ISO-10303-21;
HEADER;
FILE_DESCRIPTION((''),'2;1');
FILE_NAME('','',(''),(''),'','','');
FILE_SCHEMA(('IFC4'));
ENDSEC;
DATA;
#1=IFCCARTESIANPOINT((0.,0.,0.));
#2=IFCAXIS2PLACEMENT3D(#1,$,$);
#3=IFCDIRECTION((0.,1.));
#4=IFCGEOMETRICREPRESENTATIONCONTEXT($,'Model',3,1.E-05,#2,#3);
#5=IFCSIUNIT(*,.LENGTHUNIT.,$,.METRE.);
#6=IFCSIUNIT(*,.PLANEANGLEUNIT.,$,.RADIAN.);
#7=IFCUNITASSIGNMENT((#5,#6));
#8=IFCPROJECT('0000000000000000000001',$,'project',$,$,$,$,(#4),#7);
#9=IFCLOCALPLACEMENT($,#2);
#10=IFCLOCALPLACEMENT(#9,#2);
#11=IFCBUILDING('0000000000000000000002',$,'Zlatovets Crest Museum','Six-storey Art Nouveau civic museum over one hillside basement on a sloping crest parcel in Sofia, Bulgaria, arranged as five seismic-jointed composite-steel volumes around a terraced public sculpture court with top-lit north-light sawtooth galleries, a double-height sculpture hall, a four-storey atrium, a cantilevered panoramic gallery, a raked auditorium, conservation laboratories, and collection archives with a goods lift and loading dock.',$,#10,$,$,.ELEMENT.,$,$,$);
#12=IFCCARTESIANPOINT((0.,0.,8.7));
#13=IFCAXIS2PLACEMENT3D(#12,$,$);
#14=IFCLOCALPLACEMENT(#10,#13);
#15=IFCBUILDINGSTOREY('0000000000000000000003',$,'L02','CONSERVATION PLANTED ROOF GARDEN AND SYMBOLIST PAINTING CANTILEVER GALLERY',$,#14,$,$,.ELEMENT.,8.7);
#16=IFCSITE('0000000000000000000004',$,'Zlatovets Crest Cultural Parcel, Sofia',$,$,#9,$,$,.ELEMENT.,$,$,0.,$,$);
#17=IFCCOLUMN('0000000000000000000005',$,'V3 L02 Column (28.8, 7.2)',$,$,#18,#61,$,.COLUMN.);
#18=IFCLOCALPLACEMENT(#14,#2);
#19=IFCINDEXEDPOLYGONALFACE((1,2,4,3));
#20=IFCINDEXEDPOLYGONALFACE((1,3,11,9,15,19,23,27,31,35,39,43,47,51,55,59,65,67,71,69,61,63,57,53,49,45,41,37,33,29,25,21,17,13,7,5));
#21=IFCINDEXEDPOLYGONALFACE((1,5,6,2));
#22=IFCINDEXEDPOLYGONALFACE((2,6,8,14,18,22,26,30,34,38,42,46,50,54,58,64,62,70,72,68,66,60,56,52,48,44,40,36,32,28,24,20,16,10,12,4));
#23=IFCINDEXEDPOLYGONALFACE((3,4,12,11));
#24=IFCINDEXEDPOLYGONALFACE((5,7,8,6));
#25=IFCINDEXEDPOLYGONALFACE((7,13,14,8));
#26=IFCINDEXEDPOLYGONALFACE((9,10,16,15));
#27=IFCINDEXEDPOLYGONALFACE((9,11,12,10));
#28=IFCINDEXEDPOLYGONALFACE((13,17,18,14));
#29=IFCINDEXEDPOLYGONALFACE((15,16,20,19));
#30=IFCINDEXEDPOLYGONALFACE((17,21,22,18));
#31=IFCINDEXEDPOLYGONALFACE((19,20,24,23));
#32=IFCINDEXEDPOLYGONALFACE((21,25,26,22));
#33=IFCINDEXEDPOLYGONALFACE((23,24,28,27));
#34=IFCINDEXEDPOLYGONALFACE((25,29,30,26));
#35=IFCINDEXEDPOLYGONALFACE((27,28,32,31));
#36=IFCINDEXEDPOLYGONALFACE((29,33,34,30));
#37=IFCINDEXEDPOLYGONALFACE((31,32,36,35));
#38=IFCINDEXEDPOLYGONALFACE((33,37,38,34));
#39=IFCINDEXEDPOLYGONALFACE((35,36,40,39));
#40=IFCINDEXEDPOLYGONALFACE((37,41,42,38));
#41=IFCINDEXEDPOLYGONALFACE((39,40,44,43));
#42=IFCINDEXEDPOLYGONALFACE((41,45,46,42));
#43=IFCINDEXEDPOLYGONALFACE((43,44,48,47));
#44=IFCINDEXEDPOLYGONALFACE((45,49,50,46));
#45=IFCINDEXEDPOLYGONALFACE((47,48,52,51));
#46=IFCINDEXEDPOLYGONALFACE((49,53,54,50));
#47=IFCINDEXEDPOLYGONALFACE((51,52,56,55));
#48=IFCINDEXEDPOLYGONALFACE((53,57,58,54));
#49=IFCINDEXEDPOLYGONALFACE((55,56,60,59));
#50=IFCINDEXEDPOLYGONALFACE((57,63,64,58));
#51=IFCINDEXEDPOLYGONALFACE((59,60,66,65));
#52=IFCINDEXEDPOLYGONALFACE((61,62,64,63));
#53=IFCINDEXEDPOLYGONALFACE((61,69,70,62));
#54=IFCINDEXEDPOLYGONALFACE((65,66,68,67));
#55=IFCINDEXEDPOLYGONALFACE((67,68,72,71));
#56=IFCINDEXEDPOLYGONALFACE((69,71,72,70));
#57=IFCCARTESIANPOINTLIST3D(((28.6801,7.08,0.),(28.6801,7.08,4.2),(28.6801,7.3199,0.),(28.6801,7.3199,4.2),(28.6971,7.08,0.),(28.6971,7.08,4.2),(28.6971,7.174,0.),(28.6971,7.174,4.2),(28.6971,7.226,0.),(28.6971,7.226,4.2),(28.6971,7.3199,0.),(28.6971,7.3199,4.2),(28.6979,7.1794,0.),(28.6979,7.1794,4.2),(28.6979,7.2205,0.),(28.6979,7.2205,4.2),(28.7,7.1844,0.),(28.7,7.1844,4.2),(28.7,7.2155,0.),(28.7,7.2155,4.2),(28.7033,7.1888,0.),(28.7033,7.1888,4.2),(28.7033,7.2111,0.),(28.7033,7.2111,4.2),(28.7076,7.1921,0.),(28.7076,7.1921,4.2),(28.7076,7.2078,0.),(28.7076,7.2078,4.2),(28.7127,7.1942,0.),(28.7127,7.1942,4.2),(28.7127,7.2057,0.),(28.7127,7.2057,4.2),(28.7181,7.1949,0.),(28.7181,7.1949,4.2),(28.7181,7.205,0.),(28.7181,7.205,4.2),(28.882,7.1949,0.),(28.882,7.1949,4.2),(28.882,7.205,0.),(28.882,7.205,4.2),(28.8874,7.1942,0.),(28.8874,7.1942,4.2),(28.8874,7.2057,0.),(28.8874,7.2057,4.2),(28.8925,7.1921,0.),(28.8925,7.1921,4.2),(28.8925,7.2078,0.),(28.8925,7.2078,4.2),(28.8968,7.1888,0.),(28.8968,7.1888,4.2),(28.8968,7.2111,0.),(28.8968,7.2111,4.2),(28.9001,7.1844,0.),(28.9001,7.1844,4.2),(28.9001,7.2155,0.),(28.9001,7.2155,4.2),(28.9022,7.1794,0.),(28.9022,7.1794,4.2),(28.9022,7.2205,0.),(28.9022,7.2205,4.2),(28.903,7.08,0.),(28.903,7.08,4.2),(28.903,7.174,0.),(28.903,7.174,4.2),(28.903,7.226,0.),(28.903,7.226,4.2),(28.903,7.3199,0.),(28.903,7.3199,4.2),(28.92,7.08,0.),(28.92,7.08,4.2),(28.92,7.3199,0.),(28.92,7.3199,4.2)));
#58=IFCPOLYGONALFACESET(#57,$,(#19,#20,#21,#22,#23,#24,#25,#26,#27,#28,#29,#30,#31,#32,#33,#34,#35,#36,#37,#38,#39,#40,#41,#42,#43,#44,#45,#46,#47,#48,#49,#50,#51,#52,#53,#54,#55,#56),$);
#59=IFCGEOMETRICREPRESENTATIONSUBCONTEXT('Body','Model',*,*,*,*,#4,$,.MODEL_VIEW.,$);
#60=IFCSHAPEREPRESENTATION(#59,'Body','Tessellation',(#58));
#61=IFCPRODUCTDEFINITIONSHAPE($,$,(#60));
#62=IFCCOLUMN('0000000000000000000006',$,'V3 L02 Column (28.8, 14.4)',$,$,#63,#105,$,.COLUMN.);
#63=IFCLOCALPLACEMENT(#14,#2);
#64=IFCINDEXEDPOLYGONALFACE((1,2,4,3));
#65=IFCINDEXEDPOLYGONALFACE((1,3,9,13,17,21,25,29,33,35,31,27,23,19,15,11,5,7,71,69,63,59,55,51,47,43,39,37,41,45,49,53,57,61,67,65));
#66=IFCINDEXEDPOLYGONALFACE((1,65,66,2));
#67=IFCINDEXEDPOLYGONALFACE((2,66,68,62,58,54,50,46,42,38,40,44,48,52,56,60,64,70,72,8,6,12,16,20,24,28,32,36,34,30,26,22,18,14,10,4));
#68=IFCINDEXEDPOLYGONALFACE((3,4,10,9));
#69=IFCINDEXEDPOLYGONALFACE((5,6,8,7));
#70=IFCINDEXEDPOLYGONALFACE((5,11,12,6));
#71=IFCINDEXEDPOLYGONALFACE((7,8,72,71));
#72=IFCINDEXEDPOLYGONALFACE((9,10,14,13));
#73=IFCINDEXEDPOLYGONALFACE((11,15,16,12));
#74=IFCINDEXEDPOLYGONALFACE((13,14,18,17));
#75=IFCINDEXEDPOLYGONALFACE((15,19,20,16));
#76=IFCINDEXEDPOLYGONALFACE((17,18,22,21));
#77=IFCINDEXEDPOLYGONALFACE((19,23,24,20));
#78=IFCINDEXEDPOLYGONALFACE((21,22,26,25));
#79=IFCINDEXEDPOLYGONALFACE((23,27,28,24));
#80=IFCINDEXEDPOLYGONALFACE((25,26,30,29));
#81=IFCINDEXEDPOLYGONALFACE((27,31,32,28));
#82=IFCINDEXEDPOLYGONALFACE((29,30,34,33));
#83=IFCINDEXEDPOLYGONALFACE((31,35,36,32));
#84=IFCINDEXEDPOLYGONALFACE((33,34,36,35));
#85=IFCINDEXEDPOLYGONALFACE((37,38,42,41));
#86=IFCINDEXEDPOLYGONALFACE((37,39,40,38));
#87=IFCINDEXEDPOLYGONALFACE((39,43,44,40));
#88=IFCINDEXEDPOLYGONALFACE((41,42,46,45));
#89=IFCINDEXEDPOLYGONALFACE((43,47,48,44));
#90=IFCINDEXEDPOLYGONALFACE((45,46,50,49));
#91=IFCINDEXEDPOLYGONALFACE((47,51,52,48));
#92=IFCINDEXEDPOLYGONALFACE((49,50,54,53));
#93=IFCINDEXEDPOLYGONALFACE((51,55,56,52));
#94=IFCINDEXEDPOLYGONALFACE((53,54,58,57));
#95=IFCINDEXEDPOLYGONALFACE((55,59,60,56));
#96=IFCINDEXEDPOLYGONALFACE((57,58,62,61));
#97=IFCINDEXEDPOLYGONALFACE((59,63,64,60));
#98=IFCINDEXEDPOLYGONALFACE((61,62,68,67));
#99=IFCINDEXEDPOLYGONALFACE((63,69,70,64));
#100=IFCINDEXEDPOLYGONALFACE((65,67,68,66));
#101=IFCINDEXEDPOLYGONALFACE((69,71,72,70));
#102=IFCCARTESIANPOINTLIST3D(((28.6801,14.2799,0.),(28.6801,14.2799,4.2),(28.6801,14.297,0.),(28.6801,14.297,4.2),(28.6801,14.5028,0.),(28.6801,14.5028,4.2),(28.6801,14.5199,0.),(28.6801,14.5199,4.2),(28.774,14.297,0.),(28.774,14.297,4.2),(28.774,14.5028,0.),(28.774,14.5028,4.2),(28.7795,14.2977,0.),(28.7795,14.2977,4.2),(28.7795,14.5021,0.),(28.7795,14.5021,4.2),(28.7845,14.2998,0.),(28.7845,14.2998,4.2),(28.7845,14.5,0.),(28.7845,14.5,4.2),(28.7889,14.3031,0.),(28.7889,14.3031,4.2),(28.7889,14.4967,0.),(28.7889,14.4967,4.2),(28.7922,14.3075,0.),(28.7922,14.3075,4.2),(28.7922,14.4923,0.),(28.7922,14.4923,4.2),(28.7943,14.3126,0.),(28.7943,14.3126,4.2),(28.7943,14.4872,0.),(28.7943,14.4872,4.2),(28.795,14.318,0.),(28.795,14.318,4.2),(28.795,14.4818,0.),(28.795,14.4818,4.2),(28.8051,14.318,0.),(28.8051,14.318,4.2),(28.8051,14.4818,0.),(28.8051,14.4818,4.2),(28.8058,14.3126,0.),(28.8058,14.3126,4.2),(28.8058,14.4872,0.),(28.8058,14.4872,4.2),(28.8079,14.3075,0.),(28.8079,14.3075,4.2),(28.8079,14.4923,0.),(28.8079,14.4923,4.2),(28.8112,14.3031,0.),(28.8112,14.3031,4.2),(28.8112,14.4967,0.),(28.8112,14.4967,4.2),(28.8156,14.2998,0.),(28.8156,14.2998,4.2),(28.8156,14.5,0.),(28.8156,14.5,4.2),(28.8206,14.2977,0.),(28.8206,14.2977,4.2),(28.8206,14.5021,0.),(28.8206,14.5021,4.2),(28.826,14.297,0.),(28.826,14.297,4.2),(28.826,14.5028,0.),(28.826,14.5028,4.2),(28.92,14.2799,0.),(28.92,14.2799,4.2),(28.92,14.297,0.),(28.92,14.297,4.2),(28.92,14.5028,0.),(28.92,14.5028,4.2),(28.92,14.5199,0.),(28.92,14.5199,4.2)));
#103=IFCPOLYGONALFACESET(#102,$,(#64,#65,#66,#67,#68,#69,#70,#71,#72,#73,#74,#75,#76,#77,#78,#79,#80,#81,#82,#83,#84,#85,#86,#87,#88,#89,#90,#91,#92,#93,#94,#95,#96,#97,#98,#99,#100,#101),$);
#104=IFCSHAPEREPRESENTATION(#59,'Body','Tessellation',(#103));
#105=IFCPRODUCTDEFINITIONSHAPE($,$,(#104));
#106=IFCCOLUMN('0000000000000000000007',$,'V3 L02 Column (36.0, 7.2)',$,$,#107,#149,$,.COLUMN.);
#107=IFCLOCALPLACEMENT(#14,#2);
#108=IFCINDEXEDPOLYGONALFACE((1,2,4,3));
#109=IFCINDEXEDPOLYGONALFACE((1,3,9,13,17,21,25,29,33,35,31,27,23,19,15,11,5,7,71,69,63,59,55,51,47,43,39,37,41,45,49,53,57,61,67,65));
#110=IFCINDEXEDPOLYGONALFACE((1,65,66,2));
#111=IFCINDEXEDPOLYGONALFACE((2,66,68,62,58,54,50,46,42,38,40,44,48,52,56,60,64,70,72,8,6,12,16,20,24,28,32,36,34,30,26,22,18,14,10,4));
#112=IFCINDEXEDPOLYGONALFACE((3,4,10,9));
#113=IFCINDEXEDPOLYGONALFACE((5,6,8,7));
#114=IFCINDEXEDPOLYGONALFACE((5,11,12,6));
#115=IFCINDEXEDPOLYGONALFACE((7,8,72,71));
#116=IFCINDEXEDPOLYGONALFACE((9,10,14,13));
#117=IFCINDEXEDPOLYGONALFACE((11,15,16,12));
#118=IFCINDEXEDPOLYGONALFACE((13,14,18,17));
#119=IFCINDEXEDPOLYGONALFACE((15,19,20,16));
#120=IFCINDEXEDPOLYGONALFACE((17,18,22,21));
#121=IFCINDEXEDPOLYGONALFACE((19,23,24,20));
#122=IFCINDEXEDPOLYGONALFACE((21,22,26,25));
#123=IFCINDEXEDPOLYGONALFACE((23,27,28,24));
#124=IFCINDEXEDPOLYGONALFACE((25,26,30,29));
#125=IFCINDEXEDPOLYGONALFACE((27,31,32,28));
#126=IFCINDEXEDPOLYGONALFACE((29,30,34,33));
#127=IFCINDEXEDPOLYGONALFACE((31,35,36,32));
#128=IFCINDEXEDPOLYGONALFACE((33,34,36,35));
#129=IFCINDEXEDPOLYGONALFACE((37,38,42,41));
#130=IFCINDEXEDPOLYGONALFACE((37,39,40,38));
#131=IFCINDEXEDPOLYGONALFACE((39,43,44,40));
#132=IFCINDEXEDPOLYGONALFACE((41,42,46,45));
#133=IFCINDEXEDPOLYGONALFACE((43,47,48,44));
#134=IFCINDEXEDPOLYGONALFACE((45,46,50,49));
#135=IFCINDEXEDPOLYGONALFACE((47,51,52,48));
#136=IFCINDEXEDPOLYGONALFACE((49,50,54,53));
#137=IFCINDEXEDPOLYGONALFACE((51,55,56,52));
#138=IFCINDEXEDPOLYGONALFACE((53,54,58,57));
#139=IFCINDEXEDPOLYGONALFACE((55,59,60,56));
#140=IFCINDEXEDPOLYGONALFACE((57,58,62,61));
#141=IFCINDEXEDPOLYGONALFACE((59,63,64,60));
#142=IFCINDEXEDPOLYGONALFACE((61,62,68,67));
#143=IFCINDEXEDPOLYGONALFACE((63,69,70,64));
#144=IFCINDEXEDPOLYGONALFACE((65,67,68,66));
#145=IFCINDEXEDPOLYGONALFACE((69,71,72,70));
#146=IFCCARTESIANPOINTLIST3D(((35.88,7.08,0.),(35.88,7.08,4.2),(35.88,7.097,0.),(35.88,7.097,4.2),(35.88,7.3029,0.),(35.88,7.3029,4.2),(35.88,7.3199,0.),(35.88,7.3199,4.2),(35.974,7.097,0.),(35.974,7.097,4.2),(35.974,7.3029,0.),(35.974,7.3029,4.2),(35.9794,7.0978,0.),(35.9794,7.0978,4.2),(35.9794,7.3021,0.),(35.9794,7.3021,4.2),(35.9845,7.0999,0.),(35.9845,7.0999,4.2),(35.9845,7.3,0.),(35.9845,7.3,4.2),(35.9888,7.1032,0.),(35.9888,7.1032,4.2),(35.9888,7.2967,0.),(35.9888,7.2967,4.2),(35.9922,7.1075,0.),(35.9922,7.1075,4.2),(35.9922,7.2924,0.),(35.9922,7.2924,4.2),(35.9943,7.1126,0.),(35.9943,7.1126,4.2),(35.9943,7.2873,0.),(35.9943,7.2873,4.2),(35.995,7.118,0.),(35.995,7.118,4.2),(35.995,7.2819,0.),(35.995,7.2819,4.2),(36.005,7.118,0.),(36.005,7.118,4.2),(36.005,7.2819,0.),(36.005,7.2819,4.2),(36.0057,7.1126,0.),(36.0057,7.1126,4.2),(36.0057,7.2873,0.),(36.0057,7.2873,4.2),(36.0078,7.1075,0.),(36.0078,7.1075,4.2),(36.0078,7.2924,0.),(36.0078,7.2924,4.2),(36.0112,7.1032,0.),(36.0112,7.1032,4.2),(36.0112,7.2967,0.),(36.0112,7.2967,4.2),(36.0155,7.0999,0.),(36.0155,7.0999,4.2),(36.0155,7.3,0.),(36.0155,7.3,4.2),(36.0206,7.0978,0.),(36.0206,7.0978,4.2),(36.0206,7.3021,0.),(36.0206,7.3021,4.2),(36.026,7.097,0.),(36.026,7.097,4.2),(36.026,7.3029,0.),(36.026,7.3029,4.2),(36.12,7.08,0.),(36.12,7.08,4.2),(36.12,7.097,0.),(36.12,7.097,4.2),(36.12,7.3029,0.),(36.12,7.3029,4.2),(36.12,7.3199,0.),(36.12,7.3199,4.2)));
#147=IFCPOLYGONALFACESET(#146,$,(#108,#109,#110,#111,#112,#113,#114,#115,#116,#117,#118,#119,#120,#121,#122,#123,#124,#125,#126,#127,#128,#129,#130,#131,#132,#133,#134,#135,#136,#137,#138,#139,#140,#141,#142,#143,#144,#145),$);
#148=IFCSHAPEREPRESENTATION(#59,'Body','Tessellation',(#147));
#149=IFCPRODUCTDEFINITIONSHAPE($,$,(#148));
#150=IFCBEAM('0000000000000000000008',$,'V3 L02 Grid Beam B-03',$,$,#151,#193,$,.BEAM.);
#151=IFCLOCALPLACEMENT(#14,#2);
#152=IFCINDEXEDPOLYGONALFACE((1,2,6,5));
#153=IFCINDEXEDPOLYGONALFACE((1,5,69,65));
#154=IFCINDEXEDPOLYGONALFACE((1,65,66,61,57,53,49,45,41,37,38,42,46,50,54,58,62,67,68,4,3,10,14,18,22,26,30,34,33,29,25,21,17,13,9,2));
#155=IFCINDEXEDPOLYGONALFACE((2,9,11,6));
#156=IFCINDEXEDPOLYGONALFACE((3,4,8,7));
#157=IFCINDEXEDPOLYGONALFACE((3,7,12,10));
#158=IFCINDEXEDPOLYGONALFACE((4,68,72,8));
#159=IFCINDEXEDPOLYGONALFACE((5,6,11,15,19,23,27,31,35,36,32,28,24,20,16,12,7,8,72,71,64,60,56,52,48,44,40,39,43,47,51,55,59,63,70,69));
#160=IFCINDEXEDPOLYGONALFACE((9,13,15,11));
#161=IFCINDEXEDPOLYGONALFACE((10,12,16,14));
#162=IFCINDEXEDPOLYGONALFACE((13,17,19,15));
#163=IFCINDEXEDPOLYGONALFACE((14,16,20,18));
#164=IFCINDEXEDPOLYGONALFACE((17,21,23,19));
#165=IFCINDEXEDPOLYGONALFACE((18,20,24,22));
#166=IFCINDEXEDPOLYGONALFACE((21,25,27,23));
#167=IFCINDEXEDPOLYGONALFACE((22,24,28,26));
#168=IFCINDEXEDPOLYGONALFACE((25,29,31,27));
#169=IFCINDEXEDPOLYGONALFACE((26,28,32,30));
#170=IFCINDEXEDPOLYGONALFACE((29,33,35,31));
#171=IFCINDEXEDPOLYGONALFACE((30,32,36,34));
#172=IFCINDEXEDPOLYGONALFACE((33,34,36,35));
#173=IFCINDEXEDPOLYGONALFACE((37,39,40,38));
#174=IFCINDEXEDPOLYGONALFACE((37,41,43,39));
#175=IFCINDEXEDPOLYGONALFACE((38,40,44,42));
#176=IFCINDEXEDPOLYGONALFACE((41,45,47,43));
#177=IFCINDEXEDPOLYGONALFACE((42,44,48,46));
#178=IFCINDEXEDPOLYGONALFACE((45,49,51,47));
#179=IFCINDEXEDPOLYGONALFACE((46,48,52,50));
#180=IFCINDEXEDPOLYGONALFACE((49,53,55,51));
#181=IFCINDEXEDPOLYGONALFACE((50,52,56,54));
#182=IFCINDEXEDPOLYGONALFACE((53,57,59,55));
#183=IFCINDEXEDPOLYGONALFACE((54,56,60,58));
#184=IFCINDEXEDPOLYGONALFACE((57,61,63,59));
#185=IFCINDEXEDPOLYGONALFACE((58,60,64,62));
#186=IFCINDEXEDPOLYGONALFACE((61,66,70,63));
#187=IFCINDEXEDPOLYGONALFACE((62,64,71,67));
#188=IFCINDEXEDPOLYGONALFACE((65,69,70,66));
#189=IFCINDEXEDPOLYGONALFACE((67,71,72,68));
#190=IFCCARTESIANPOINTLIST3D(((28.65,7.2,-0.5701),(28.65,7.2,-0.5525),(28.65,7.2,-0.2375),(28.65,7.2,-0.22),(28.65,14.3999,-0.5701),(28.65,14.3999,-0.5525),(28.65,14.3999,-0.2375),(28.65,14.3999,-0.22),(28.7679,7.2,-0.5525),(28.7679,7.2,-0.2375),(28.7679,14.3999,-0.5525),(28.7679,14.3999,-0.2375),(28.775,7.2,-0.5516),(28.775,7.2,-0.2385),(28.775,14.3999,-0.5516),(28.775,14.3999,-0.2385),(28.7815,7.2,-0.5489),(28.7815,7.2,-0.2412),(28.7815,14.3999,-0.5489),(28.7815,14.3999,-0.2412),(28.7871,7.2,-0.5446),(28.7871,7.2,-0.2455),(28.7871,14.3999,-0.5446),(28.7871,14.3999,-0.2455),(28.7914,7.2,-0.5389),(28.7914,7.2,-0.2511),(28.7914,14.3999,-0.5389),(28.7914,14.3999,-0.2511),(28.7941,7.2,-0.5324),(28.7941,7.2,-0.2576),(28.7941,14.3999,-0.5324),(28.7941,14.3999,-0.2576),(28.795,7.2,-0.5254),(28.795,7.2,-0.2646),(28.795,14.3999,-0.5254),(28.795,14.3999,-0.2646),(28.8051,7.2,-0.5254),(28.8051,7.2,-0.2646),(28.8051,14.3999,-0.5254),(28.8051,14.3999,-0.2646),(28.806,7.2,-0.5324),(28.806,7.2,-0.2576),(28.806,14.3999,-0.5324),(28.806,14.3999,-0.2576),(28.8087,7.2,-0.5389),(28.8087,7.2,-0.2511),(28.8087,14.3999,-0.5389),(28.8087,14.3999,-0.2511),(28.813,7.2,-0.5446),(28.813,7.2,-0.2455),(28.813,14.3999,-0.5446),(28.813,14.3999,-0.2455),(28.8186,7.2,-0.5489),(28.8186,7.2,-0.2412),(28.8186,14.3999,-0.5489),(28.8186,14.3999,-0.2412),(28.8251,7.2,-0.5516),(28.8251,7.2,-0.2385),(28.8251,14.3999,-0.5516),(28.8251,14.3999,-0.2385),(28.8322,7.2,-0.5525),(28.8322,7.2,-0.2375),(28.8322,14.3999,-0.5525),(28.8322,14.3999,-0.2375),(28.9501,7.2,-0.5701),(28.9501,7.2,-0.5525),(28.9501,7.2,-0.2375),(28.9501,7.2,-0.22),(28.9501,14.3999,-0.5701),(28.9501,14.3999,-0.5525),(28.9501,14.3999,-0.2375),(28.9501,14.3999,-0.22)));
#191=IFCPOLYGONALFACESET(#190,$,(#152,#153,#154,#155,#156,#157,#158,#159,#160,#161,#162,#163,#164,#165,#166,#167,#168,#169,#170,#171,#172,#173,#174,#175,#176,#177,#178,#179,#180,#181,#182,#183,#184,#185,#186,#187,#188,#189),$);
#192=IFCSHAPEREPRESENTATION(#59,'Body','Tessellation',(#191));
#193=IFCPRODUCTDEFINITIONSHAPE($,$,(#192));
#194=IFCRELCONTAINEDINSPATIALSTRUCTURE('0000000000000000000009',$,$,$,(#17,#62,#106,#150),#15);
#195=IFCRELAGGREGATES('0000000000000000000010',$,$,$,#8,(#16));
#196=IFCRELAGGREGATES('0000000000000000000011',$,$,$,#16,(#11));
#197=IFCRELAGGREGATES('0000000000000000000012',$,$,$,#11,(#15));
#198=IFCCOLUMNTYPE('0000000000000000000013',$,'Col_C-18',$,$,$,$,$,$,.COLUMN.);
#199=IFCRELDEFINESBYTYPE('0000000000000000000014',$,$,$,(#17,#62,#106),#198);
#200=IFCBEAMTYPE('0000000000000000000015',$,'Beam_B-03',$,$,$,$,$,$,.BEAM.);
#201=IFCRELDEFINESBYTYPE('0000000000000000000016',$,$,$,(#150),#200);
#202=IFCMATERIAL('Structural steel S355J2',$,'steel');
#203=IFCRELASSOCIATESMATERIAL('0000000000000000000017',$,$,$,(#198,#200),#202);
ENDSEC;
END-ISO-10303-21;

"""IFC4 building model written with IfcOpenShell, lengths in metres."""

from ifc_helpers import new_model, si_unit, direction, frame, origin, origin_2d, place, context, subcontext, project, spatial, i_section, extrude, material, material_profile, profile_set, type_object, element, save


model = new_model("IFC4")

# Units and contexts
model_context = context("Model", 3, precision=1e-05, world=origin(), true_north=direction((0.0, 1.0)))
body_context = subcontext(model_context, "Body", "Model", "MODEL_VIEW")
ifc_project = project(units=[si_unit("LENGTHUNIT", "METRE"), si_unit("PLANEANGLEUNIT", "RADIAN")], contexts=[model_context])

# Site, building, storey
site_placement = place(None, origin())
site = spatial("IfcSite", under=ifc_project, at=site_placement, Name="Zlatovets Crest Cultural Parcel, Sofia", CompositionType="ELEMENT", RefElevation=0.0)
building_placement = place(site_placement, origin())
building = spatial("IfcBuilding", under=site, at=building_placement, Name="Zlatovets Crest Museum", Description="Six-storey Art Nouveau civic museum over one hillside basement on a sloping crest parcel in Sofia, Bulgaria, arranged as five seismic-jointed composite-steel volumes around a terraced public sculpture court with top-lit north-light sawtooth galleries, a double-height sculpture hall, a four-storey atrium, a cantilevered panoramic gallery, a raked auditorium, conservation laboratories, and collection archives with a goods lift and loading dock.", CompositionType="ELEMENT")
storey_placement = place(building_placement, frame((0.0, 0.0, 8.7)))
storey = spatial("IfcBuildingStorey", under=building, at=storey_placement, Name="L02", Description="CONSERVATION PLANTED ROOF GARDEN AND SYMBOLIST PAINTING CANTILEVER GALLERY", CompositionType="ELEMENT", Elevation=8.7)

# Columns
ifc_material_1 = material(Name="Structural steel S355J2", Category="steel")
ifc_material_profile_1 = material_profile(ifc_material_1, i_section(OverallWidth=0.24, OverallDepth=0.24, WebThickness=0.01, FlangeThickness=0.0171, FilletRadius=0.021, at=origin_2d()), Name="HEB 240")
ifc_profile_set_1 = profile_set([ifc_material_profile_1], Name="Structural steel S355J2")
column_type = type_object("IfcColumnType", Name="Col_C-18", PredefinedType="COLUMN", material=ifc_profile_set_1)
for number, where, z_axis, x_axis, name in (
    (1, (28.8, 7.2, 0.0), (0.0, 0.0, 1.0), (0.0, 1.0, 0.0), "V3 L02 Column (28.8, 7.2)"),
    (2, (28.8, 14.3999, 0.0), (0.0, 0.0, 1.0), (1.0, 0.0, 0.0), "V3 L02 Column (28.8, 14.4)"),
    (3, (36.0, 7.2, 0.0), (0.0, 0.0, 1.0), (1.0, 0.0, 0.0), "V3 L02 Column (36.0, 7.2)"),
):
    element("IfcColumn", number, at=place(storey_placement, frame(where, z_axis=z_axis, x_axis=x_axis)), inside=storey, type_object=column_type, Name=name, PredefinedType="COLUMN", context=body_context, shape_type="SweptSolid", body=[
        extrude(i_section(OverallWidth=0.24, OverallDepth=0.24, WebThickness=0.01, FlangeThickness=0.0171, FilletRadius=0.021, at=origin_2d()), origin(), (0.0, 0.0, 1.0), 4.2),
    ])

# Beam
ifc_material_profile_2 = material_profile(ifc_material_1, i_section(OverallWidth=0.3, OverallDepth=0.3501, WebThickness=0.01, FlangeThickness=0.0176, FilletRadius=0.0271, at=origin_2d()), Name="HEA 360")
ifc_profile_set_2 = profile_set([ifc_material_profile_2], Name="Structural steel S355J2")
beam_type_1 = type_object("IfcBeamType", Name="Beam_B-03", PredefinedType="BEAM", material=ifc_profile_set_2)
beam_1_placement = place(storey_placement, frame((28.8, 7.2, -0.395), z_axis=(0.0, 1.0, 0.0), x_axis=(-1.0, 0.0, 0.0)))
element("IfcBeam", 4, at=beam_1_placement, inside=storey, type_object=beam_type_1, Name="V3 L02 Grid Beam B-03", PredefinedType="BEAM", context=body_context, shape_type="SweptSolid", body=[
    extrude(i_section(OverallWidth=0.3, OverallDepth=0.3501, WebThickness=0.01, FlangeThickness=0.0176, FilletRadius=0.0271, at=origin_2d()), origin(), (0.0, 0.0, 1.0), 7.2),
])

save(model, "model.ifc")
